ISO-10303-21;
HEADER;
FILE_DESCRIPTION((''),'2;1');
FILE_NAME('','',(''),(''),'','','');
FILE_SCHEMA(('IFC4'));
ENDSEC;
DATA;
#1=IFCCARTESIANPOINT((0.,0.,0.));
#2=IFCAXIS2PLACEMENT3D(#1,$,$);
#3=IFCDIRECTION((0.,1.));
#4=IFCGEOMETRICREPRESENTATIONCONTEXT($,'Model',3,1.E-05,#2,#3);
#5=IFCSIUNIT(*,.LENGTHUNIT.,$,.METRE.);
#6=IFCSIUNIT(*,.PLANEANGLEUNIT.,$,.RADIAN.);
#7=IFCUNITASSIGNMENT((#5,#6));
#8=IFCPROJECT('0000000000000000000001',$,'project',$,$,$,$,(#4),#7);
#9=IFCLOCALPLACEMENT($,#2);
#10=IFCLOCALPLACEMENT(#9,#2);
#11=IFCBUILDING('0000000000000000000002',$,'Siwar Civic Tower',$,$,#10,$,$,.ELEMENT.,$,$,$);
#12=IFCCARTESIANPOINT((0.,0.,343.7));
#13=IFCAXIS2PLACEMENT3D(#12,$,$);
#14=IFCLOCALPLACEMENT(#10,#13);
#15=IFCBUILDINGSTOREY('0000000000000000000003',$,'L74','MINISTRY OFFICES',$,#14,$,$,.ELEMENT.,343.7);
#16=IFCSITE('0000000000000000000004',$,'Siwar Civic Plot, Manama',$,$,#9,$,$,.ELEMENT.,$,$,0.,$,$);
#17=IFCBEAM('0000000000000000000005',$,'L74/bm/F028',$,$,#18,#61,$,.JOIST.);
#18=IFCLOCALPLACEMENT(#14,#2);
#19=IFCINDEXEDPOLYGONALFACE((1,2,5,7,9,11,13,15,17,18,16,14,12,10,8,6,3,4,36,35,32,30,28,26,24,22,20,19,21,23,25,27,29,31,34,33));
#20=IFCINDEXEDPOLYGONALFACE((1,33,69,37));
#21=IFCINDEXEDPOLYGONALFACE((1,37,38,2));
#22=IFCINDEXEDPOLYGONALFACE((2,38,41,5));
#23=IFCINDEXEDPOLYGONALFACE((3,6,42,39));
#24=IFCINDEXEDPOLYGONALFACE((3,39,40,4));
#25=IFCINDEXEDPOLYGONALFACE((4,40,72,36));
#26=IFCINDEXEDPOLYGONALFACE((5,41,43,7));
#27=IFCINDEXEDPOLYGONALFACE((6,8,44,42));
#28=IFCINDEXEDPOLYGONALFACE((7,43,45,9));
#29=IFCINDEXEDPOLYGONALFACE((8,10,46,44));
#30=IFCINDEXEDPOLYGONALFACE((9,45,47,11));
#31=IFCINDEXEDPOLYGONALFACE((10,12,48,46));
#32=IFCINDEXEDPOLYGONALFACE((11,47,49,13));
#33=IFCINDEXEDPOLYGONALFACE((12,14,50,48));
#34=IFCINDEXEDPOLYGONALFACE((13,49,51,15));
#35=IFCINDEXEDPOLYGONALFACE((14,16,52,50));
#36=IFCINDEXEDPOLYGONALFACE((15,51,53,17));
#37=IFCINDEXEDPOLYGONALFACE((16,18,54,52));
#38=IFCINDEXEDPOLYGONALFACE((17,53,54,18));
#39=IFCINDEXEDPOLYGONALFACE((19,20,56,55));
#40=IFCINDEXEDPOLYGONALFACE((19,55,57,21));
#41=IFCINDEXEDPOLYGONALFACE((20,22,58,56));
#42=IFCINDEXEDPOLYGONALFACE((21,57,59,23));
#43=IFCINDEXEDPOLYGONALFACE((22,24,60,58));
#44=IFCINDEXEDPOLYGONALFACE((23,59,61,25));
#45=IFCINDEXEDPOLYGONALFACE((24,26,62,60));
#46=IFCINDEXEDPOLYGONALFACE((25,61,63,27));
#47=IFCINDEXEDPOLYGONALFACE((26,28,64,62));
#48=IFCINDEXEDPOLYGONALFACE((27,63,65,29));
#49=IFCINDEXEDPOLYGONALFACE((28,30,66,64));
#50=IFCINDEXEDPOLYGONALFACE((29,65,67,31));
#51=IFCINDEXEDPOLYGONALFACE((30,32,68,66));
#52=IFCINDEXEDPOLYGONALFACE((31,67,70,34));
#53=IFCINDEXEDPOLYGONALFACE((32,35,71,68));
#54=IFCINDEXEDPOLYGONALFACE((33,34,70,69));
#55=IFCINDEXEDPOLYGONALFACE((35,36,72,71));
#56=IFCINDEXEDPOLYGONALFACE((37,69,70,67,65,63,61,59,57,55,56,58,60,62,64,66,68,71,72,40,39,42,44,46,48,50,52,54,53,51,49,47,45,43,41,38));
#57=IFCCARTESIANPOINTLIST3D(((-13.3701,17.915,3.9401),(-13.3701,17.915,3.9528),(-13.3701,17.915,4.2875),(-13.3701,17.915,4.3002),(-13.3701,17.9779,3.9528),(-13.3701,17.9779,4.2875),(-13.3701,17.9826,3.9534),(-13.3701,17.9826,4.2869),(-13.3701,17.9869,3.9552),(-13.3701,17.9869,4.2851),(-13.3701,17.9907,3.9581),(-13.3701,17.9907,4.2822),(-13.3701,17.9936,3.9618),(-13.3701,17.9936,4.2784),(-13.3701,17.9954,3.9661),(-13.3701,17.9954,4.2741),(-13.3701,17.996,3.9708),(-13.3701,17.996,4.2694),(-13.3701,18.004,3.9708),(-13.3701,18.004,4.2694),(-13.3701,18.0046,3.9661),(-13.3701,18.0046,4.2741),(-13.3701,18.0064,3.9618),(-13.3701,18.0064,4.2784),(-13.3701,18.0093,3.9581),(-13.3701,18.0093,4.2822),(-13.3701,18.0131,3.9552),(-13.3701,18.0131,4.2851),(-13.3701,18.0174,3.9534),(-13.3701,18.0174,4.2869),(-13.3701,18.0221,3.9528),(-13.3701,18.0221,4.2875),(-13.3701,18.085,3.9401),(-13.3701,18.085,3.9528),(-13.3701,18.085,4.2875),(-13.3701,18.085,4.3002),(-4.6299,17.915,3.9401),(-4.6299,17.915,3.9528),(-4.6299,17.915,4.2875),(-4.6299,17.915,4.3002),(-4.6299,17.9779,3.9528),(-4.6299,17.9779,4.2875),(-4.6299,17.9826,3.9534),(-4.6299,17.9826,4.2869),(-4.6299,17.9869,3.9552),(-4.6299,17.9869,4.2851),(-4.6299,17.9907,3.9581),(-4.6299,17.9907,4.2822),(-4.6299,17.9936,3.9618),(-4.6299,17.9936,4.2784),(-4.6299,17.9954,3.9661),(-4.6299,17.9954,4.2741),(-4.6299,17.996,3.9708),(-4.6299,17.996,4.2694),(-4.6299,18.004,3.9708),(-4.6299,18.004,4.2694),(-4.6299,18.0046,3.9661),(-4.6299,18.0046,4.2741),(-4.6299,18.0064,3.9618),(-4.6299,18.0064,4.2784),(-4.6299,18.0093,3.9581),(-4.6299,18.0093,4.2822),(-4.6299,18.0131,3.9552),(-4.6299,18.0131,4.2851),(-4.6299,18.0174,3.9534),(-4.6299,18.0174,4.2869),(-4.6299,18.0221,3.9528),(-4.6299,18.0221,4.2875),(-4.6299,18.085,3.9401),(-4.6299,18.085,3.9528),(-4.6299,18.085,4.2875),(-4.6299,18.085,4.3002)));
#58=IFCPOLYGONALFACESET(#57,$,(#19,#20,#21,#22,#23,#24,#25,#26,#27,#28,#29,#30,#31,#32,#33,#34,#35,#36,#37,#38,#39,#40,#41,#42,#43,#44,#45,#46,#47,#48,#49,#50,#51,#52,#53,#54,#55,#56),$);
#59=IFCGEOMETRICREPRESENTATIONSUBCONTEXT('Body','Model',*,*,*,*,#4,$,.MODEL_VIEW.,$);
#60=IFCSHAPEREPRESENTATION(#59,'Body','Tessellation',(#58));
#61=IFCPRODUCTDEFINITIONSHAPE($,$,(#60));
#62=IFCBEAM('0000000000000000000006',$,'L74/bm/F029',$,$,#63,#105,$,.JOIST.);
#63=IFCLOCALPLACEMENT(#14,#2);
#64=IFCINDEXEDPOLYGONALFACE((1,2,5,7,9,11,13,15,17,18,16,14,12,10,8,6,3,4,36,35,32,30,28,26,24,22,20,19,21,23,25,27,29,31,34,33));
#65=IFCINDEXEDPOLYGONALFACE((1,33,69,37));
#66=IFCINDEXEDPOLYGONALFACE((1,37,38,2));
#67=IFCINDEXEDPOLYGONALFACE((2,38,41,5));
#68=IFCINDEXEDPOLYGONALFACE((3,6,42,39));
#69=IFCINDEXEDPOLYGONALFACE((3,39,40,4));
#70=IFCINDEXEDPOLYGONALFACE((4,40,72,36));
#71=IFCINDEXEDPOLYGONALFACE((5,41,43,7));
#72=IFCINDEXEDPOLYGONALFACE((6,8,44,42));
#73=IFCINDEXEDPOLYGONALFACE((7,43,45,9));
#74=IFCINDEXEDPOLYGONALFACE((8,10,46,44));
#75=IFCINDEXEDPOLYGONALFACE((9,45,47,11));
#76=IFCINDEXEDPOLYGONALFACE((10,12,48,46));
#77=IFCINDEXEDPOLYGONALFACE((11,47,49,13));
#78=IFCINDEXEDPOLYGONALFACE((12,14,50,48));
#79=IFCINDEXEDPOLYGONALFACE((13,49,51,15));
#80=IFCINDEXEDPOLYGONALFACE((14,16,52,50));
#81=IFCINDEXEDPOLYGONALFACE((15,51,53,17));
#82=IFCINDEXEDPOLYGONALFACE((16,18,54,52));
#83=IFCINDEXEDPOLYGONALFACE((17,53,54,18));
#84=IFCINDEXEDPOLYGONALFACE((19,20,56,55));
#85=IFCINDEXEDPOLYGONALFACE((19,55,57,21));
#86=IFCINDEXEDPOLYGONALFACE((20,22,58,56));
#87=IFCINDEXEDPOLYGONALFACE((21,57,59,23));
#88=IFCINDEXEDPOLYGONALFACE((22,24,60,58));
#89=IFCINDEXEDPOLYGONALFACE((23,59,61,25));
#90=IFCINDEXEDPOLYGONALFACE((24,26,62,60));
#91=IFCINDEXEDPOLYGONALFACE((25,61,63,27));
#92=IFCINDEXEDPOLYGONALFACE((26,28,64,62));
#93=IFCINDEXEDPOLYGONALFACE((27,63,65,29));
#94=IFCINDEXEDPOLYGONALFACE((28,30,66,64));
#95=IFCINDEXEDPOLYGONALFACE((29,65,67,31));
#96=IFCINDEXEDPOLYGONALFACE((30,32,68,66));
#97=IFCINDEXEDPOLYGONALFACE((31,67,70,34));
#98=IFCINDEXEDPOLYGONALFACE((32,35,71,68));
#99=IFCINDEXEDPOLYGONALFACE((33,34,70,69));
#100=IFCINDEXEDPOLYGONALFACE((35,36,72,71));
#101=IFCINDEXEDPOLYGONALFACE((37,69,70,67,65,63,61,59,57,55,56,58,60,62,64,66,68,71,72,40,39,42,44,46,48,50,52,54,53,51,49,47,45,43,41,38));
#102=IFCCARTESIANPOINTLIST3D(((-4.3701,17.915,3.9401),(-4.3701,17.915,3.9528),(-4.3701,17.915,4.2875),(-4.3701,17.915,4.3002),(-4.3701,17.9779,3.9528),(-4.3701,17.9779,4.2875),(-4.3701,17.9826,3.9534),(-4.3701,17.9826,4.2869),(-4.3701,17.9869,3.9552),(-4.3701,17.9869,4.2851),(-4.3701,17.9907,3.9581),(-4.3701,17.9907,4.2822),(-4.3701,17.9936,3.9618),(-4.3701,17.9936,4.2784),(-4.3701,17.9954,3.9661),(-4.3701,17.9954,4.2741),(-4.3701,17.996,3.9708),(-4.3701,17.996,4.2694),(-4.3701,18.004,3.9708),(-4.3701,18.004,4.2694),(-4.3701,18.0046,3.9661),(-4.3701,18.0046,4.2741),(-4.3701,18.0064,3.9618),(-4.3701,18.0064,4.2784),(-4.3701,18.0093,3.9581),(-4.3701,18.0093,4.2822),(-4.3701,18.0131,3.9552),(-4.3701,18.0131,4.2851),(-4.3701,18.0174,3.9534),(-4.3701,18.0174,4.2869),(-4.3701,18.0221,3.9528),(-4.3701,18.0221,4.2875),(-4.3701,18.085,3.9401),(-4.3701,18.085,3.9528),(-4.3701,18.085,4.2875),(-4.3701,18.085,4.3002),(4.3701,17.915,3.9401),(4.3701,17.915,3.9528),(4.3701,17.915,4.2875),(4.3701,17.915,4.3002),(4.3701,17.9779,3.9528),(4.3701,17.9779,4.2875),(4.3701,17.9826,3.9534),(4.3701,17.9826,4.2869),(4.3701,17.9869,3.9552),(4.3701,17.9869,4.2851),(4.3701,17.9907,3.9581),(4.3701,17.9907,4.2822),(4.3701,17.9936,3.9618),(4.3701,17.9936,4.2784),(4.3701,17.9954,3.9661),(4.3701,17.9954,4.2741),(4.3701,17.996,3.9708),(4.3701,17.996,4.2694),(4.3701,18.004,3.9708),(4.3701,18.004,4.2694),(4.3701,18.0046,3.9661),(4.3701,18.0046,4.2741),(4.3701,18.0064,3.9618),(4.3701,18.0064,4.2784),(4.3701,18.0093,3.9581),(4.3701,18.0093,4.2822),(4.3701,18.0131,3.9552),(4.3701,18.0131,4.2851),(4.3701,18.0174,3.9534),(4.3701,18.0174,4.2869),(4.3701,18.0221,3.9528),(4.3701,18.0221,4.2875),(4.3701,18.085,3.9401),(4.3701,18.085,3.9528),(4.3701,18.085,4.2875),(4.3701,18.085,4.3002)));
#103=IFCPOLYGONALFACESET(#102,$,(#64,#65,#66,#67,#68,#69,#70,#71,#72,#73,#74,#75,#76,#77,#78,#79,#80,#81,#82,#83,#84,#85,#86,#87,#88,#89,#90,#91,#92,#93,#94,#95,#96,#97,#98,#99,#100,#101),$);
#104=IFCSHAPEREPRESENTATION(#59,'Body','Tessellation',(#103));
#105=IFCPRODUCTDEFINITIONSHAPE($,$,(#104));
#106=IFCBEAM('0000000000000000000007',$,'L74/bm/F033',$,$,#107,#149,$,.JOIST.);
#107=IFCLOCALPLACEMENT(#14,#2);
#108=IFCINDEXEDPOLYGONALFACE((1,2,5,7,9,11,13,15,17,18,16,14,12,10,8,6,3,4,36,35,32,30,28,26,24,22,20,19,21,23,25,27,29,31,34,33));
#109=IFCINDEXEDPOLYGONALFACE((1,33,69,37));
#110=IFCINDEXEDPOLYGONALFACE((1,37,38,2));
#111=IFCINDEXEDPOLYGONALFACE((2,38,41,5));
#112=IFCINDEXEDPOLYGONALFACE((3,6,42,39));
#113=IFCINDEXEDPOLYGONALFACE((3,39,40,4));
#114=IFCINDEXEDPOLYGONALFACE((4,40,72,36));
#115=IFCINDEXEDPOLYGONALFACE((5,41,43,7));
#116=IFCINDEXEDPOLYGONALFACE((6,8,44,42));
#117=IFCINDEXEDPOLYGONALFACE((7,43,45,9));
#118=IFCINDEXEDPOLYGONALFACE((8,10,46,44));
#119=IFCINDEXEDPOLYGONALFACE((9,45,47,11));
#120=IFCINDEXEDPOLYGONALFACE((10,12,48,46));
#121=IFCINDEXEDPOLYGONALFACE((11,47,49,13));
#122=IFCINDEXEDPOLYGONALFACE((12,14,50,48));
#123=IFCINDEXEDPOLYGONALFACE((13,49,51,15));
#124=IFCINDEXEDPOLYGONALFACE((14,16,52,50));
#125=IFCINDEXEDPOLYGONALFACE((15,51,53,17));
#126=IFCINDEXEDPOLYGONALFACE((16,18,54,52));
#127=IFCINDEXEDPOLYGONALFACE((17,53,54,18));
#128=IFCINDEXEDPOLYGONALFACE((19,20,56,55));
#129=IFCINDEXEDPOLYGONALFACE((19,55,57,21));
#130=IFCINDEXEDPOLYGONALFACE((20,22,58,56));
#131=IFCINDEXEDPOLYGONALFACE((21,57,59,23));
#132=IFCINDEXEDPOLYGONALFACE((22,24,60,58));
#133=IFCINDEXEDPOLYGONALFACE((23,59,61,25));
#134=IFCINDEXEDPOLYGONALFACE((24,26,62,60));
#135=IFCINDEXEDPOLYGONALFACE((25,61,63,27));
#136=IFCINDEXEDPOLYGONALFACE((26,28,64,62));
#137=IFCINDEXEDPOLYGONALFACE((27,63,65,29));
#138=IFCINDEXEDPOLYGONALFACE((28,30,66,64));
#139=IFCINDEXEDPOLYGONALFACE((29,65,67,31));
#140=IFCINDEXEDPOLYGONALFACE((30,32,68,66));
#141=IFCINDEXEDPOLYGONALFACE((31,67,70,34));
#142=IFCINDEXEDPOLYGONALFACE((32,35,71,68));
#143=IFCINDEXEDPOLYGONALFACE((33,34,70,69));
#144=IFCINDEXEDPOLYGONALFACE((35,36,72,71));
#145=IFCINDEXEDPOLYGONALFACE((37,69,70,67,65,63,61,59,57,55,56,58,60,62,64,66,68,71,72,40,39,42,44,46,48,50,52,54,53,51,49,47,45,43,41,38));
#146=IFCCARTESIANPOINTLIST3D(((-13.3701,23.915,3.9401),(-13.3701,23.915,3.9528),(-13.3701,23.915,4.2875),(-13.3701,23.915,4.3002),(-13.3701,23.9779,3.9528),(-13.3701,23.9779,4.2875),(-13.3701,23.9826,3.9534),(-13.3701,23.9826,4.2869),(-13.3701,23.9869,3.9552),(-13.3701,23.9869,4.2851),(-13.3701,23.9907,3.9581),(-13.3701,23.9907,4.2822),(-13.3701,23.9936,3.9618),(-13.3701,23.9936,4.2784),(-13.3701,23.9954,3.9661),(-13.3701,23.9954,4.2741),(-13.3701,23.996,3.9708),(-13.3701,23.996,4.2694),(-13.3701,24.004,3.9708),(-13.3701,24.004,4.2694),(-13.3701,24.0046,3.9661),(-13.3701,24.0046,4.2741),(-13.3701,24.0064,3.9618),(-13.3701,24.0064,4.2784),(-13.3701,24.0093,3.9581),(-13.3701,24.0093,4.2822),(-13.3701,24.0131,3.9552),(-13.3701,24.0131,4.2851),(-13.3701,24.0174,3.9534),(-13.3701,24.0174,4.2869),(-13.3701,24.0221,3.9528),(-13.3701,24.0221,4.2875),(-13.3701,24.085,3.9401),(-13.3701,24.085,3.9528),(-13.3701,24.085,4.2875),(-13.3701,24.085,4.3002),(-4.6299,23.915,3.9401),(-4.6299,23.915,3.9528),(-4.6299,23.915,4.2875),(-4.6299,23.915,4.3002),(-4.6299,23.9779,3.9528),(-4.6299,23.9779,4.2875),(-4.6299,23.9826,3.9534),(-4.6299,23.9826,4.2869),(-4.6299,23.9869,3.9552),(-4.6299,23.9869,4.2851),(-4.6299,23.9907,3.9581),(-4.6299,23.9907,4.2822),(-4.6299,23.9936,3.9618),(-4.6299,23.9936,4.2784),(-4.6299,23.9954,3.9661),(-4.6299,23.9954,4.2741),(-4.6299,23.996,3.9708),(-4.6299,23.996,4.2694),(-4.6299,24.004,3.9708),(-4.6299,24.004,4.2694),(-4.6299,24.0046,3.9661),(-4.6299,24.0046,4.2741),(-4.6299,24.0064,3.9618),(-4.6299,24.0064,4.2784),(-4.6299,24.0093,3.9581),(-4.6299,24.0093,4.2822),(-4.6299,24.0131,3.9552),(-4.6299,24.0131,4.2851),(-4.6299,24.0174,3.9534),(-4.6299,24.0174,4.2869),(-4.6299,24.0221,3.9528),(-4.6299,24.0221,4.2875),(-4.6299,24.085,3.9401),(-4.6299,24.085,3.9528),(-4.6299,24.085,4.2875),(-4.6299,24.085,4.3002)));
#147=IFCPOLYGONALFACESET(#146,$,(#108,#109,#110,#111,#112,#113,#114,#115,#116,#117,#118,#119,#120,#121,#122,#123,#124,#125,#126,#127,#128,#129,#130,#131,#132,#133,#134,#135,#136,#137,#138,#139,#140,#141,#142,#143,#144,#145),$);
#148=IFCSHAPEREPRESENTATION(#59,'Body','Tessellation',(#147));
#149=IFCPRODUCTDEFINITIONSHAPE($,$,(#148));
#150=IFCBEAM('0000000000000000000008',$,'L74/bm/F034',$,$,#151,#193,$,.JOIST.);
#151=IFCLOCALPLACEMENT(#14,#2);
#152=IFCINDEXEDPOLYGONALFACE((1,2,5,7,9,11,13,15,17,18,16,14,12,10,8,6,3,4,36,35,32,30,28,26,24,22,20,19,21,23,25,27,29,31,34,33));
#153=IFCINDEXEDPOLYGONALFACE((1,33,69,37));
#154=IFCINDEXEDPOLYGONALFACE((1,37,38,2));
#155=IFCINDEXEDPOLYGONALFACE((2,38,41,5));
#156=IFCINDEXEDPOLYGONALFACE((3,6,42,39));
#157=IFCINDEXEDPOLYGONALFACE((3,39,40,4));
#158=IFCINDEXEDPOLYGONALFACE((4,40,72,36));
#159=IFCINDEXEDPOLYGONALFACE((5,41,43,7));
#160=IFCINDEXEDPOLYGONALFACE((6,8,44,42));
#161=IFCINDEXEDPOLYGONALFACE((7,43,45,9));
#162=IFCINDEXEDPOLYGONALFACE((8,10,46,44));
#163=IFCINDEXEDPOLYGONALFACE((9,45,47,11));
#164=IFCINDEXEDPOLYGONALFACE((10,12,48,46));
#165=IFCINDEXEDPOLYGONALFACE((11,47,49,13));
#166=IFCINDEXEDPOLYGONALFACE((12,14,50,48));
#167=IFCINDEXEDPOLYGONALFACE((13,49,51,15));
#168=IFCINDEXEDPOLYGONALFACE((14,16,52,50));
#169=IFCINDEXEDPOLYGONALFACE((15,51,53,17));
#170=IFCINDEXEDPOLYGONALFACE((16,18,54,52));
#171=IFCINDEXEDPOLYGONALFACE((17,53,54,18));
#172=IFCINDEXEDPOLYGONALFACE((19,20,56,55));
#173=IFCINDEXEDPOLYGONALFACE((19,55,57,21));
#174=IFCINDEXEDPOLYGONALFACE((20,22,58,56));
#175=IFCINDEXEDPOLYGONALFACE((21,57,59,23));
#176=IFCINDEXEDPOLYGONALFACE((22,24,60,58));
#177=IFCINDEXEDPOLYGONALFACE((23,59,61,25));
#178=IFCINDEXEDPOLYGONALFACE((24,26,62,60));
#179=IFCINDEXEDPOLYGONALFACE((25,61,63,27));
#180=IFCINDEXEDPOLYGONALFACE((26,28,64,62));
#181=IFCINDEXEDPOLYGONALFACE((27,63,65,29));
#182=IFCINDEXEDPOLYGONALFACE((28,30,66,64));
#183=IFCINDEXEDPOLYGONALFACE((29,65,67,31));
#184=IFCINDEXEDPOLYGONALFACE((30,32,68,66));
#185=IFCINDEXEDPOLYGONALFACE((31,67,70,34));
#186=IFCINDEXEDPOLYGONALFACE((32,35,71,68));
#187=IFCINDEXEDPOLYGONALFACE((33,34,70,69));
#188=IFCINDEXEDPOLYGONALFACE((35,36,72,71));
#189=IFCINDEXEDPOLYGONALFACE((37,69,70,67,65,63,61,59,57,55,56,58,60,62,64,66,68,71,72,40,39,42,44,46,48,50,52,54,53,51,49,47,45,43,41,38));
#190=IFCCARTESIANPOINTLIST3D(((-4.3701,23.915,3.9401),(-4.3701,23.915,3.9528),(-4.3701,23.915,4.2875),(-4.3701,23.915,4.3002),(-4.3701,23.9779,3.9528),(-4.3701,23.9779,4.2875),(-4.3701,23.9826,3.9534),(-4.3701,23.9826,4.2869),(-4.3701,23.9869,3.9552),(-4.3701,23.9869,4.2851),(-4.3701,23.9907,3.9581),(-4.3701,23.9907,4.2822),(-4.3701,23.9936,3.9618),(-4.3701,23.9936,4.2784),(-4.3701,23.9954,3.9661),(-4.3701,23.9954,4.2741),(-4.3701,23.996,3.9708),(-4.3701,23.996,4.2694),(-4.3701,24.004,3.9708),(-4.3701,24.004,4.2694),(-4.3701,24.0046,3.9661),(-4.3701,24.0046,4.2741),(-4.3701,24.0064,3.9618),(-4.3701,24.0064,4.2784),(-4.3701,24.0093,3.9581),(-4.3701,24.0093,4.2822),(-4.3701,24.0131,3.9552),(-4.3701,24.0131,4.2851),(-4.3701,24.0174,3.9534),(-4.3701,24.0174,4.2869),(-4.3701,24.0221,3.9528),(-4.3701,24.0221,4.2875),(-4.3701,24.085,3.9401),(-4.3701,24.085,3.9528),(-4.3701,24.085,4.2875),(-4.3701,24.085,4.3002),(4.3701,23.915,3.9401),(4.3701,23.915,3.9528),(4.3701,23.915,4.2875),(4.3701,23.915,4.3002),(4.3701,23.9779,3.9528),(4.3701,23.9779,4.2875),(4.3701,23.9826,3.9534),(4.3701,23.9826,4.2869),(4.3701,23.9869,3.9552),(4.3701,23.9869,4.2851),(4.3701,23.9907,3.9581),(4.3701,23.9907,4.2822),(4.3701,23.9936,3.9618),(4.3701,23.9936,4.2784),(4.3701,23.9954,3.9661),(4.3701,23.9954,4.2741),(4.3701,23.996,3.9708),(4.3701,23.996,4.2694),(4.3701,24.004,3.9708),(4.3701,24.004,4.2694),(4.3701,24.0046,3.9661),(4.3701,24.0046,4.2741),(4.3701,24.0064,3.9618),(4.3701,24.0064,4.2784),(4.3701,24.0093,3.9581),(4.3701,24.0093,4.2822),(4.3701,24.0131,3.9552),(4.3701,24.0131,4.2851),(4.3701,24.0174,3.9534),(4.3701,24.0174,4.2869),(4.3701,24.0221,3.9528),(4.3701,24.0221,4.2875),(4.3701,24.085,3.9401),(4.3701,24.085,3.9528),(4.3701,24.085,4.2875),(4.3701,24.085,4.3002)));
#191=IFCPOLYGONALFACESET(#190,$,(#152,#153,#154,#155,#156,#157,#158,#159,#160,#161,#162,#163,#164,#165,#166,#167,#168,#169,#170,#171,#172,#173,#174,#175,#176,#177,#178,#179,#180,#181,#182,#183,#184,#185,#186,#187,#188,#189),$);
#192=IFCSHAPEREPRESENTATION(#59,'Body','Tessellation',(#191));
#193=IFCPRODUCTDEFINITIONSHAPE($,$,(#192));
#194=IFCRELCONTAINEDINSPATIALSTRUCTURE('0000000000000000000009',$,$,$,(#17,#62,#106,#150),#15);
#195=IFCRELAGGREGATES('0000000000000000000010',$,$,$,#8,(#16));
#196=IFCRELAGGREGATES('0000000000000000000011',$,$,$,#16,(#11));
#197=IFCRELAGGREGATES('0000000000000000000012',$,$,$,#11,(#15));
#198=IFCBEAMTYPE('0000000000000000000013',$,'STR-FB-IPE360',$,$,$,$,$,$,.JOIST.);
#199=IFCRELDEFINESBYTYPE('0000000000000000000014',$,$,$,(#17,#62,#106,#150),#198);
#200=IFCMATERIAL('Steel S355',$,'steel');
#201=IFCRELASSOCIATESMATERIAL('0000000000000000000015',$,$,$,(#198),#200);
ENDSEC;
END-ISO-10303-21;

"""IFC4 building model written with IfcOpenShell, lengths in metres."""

from ifc_helpers import new_model, si_unit, direction, frame, origin, origin_2d, place, context, subcontext, project, spatial, i_section, extrude, material, material_profile, profile_set, type_object, element, save


model = new_model("IFC4")

# Units and contexts
model_context = context("Model", 3, precision=1e-05, world=origin(), true_north=direction((0.0, 1.0)))
body_context = subcontext(model_context, "Body", "Model", "MODEL_VIEW")
ifc_project = project(units=[si_unit("LENGTHUNIT", "METRE"), si_unit("PLANEANGLEUNIT", "RADIAN")], contexts=[model_context])

# Site, building, storey
site_placement = place(None, origin())
site = spatial("IfcSite", under=ifc_project, at=site_placement, Name="Siwar Civic Plot, Manama", CompositionType="ELEMENT", RefElevation=0.0)
building_placement = place(site_placement, origin())
building = spatial("IfcBuilding", under=site, at=building_placement, Name="Siwar Civic Tower", CompositionType="ELEMENT")
storey_placement = place(building_placement, frame((0.0, 0.0, 343.7)))
storey = spatial("IfcBuildingStorey", under=building, at=storey_placement, Name="L74", Description="MINISTRY OFFICES", CompositionType="ELEMENT", Elevation=343.7)

# Beams
ifc_material_1 = material(Name="Steel S355", Category="steel")
ifc_material_profile_1 = material_profile(ifc_material_1, i_section(OverallWidth=0.1699, OverallDepth=0.3601, WebThickness=0.0081, FlangeThickness=0.0127, FilletRadius=0.0181, at=origin_2d()), Name="IPE360")
ifc_profile_set_1 = profile_set([ifc_material_profile_1], Name="Steel S355")
beam_type_1 = type_object("IfcBeamType", Name="STR-FB-IPE360", PredefinedType="JOIST", material=ifc_profile_set_1)
for number, where, z_axis, x_axis, name in (
    (1, (-13.3701, 18.0, 4.1201), (1.0, 0.0, 0.0), (0.0, 1.0, 0.0), "L74/bm/F028"),
    (2, (-4.3701, 18.0, 4.1201), (1.0, 0.0, 0.0), (0.0, 1.0, 0.0), "L74/bm/F029"),
    (3, (-13.3701, 24.0, 4.1201), (1.0, 0.0, 0.0), (0.0, 1.0, 0.0), "L74/bm/F033"),
    (4, (-4.3701, 24.0, 4.1201), (1.0, 0.0, 0.0), (0.0, 1.0, 0.0), "L74/bm/F034"),
):
    element("IfcBeam", number, at=place(storey_placement, frame(where, z_axis=z_axis, x_axis=x_axis)), inside=storey, type_object=beam_type_1, Name=name, PredefinedType="JOIST", context=body_context, shape_type="SweptSolid", body=[
        extrude(i_section(OverallWidth=0.1699, OverallDepth=0.3601, WebThickness=0.0081, FlangeThickness=0.0127, FilletRadius=0.0181, at=origin_2d()), origin(), (0.0, 0.0, 1.0), 8.7402),
    ])

save(model, "model.ifc")
